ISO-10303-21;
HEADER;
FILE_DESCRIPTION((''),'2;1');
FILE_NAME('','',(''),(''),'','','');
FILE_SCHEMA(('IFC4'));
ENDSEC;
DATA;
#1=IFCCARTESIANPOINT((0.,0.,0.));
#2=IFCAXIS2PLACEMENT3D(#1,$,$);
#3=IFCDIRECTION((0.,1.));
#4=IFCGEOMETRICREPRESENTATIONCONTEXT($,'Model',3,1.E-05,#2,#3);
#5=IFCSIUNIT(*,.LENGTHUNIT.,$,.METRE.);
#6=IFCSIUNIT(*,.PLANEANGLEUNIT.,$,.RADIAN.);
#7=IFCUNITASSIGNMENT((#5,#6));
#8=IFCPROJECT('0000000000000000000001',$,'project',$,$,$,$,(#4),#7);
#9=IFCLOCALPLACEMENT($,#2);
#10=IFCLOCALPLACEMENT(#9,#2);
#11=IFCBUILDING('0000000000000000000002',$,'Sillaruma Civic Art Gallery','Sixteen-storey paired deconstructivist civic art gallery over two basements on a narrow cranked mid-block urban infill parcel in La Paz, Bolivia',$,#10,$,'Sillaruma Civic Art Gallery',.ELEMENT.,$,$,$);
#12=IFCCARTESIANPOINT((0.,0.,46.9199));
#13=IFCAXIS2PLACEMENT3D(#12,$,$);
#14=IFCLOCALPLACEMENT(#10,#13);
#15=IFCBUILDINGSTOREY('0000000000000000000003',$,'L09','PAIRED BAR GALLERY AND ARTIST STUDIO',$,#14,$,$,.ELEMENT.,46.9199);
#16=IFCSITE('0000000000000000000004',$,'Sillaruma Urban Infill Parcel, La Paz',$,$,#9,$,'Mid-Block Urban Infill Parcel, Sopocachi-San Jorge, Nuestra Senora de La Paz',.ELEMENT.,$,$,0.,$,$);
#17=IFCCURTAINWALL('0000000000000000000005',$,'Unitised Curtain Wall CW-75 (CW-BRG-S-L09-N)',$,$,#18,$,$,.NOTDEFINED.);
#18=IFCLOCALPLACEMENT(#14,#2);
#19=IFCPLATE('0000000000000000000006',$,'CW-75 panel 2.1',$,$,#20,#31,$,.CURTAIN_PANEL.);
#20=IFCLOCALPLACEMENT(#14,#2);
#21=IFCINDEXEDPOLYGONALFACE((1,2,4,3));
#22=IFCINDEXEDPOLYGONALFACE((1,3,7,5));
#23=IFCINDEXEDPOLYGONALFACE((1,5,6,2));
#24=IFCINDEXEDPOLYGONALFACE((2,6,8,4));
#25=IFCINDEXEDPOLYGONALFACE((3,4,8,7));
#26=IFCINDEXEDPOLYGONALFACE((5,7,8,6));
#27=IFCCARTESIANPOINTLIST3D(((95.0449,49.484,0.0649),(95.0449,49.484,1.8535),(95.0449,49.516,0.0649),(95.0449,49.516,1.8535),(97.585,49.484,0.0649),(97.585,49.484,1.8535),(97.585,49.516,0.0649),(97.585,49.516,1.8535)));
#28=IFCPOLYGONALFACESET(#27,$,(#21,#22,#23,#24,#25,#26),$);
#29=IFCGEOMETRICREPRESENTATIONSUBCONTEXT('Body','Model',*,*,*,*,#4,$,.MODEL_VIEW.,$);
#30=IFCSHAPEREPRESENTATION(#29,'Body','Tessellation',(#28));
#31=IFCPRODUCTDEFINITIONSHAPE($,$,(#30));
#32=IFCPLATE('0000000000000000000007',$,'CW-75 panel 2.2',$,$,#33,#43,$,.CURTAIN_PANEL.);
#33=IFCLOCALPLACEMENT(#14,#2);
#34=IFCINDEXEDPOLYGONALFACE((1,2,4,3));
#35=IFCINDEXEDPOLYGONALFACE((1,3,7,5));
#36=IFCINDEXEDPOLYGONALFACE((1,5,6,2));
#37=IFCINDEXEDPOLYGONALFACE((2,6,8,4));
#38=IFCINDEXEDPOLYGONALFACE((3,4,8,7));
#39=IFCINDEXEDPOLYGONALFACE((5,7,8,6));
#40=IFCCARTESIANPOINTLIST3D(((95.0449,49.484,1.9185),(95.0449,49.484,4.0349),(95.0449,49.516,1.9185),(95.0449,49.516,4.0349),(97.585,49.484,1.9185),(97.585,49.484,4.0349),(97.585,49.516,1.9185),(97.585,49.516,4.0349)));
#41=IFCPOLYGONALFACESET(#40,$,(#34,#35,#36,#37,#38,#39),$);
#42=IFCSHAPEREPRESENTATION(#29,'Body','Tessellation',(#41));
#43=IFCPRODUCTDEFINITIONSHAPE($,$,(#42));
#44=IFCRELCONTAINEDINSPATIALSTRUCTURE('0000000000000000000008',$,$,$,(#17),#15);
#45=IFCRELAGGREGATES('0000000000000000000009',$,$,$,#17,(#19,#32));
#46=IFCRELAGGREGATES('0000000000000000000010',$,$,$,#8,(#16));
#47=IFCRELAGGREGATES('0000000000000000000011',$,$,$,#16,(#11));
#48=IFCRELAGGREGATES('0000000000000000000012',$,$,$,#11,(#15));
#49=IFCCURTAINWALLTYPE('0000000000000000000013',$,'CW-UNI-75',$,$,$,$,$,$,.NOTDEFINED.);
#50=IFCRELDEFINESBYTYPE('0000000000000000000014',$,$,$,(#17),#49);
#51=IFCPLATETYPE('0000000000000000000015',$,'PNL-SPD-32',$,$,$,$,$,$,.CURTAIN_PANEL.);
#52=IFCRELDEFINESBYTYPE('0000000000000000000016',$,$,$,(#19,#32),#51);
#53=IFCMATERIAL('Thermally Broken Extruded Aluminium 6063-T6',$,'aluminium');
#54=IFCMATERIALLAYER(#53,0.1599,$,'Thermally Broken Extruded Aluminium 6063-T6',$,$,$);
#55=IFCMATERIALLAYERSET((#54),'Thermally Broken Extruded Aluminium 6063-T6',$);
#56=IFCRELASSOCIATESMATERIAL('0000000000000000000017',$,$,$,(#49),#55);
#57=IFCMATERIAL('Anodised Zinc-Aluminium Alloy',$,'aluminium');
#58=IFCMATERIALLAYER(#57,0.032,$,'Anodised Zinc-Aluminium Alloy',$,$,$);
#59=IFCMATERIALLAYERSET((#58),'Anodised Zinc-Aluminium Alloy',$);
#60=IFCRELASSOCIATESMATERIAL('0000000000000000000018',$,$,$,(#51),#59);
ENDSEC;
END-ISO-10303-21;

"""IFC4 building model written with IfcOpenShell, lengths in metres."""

from ifc_helpers import new_model, si_unit, direction, frame, origin, origin_2d, place, context, subcontext, project, spatial, rectangle, extrude, material, layer, layer_set, type_object, element, aggregate, save


model = new_model("IFC4")

# Units and contexts
model_context = context("Model", 3, precision=1e-05, world=origin(), true_north=direction((0.0, 1.0)))
body_context = subcontext(model_context, "Body", "Model", "MODEL_VIEW")
ifc_project = project(units=[si_unit("LENGTHUNIT", "METRE"), si_unit("PLANEANGLEUNIT", "RADIAN")], contexts=[model_context])

# Site, building, storey
site_placement = place(None, origin())
site = spatial("IfcSite", under=ifc_project, at=site_placement, Name="Sillaruma Urban Infill Parcel, La Paz", LongName="Mid-Block Urban Infill Parcel, Sopocachi-San Jorge, Nuestra Senora de La Paz", CompositionType="ELEMENT", RefElevation=0.0)
building_placement = place(site_placement, origin())
building = spatial("IfcBuilding", under=site, at=building_placement, Name="Sillaruma Civic Art Gallery", Description="Sixteen-storey paired deconstructivist civic art gallery over two basements on a narrow cranked mid-block urban infill parcel in La Paz, Bolivia", LongName="Sillaruma Civic Art Gallery", CompositionType="ELEMENT")
storey_placement = place(building_placement, frame((0.0, 0.0, 46.9199)))
storey = spatial("IfcBuildingStorey", under=building, at=storey_placement, Name="L09", Description="PAIRED BAR GALLERY AND ARTIST STUDIO", CompositionType="ELEMENT", Elevation=46.9199)

# Curtain wall
ifc_material_1 = material(Name="Thermally Broken Extruded Aluminium 6063-T6", Category="aluminium")
ifc_layer_1 = layer(ifc_material_1, 0.1599, Name="Thermally Broken Extruded Aluminium 6063-T6")
ifc_layer_set_1 = layer_set([ifc_layer_1], Name="Thermally Broken Extruded Aluminium 6063-T6")
curtain_wall_type = type_object("IfcCurtainWallType", Name="CW-UNI-75", PredefinedType="NOTDEFINED", material=ifc_layer_set_1)
curtain_wall_placement = place(storey_placement, origin())
curtain_wall = element("IfcCurtainWall", 1, at=curtain_wall_placement, inside=storey, type_object=curtain_wall_type, Name="Unitised Curtain Wall CW-75 (CW-BRG-S-L09-N)", PredefinedType="NOTDEFINED")

# Plates
ifc_material_2 = material(Name="Anodised Zinc-Aluminium Alloy", Category="aluminium")
ifc_layer_2 = layer(ifc_material_2, 0.032, Name="Anodised Zinc-Aluminium Alloy")
ifc_layer_set_2 = layer_set([ifc_layer_2], Name="Anodised Zinc-Aluminium Alloy")
plate_type_1 = type_object("IfcPlateType", Name="PNL-SPD-32", PredefinedType="CURTAIN_PANEL", material=ifc_layer_set_2)
plate_1_placement = place(storey_placement, frame((96.3149, 49.5, 0.0649), z_axis=(0.0, 0.0, 1.0), x_axis=(1.0, 0.0, 0.0)))
plate_1 = element("IfcPlate", 2, at=plate_1_placement, type_object=plate_type_1, Name="CW-75 panel 2.1", PredefinedType="CURTAIN_PANEL", context=body_context, shape_type="SweptSolid", body=[
    extrude(rectangle(XDim=2.54, YDim=0.032, at=origin_2d()), origin(), (0.0, 0.0, 1.0), 1.7886),
])
plate_2_placement = place(storey_placement, frame((96.3149, 49.5, 1.9185), z_axis=(0.0, 0.0, 1.0), x_axis=(1.0, 0.0, 0.0)))
plate_2 = element("IfcPlate", 3, at=plate_2_placement, type_object=plate_type_1, Name="CW-75 panel 2.2", PredefinedType="CURTAIN_PANEL", context=body_context, shape_type="SweptSolid", body=[
    extrude(rectangle(XDim=2.54, YDim=0.032, at=origin_2d()), origin(), (0.0, 0.0, 1.0), 2.1165),
])
aggregate(curtain_wall, [plate_1, plate_2])

save(model, "model.ifc")
